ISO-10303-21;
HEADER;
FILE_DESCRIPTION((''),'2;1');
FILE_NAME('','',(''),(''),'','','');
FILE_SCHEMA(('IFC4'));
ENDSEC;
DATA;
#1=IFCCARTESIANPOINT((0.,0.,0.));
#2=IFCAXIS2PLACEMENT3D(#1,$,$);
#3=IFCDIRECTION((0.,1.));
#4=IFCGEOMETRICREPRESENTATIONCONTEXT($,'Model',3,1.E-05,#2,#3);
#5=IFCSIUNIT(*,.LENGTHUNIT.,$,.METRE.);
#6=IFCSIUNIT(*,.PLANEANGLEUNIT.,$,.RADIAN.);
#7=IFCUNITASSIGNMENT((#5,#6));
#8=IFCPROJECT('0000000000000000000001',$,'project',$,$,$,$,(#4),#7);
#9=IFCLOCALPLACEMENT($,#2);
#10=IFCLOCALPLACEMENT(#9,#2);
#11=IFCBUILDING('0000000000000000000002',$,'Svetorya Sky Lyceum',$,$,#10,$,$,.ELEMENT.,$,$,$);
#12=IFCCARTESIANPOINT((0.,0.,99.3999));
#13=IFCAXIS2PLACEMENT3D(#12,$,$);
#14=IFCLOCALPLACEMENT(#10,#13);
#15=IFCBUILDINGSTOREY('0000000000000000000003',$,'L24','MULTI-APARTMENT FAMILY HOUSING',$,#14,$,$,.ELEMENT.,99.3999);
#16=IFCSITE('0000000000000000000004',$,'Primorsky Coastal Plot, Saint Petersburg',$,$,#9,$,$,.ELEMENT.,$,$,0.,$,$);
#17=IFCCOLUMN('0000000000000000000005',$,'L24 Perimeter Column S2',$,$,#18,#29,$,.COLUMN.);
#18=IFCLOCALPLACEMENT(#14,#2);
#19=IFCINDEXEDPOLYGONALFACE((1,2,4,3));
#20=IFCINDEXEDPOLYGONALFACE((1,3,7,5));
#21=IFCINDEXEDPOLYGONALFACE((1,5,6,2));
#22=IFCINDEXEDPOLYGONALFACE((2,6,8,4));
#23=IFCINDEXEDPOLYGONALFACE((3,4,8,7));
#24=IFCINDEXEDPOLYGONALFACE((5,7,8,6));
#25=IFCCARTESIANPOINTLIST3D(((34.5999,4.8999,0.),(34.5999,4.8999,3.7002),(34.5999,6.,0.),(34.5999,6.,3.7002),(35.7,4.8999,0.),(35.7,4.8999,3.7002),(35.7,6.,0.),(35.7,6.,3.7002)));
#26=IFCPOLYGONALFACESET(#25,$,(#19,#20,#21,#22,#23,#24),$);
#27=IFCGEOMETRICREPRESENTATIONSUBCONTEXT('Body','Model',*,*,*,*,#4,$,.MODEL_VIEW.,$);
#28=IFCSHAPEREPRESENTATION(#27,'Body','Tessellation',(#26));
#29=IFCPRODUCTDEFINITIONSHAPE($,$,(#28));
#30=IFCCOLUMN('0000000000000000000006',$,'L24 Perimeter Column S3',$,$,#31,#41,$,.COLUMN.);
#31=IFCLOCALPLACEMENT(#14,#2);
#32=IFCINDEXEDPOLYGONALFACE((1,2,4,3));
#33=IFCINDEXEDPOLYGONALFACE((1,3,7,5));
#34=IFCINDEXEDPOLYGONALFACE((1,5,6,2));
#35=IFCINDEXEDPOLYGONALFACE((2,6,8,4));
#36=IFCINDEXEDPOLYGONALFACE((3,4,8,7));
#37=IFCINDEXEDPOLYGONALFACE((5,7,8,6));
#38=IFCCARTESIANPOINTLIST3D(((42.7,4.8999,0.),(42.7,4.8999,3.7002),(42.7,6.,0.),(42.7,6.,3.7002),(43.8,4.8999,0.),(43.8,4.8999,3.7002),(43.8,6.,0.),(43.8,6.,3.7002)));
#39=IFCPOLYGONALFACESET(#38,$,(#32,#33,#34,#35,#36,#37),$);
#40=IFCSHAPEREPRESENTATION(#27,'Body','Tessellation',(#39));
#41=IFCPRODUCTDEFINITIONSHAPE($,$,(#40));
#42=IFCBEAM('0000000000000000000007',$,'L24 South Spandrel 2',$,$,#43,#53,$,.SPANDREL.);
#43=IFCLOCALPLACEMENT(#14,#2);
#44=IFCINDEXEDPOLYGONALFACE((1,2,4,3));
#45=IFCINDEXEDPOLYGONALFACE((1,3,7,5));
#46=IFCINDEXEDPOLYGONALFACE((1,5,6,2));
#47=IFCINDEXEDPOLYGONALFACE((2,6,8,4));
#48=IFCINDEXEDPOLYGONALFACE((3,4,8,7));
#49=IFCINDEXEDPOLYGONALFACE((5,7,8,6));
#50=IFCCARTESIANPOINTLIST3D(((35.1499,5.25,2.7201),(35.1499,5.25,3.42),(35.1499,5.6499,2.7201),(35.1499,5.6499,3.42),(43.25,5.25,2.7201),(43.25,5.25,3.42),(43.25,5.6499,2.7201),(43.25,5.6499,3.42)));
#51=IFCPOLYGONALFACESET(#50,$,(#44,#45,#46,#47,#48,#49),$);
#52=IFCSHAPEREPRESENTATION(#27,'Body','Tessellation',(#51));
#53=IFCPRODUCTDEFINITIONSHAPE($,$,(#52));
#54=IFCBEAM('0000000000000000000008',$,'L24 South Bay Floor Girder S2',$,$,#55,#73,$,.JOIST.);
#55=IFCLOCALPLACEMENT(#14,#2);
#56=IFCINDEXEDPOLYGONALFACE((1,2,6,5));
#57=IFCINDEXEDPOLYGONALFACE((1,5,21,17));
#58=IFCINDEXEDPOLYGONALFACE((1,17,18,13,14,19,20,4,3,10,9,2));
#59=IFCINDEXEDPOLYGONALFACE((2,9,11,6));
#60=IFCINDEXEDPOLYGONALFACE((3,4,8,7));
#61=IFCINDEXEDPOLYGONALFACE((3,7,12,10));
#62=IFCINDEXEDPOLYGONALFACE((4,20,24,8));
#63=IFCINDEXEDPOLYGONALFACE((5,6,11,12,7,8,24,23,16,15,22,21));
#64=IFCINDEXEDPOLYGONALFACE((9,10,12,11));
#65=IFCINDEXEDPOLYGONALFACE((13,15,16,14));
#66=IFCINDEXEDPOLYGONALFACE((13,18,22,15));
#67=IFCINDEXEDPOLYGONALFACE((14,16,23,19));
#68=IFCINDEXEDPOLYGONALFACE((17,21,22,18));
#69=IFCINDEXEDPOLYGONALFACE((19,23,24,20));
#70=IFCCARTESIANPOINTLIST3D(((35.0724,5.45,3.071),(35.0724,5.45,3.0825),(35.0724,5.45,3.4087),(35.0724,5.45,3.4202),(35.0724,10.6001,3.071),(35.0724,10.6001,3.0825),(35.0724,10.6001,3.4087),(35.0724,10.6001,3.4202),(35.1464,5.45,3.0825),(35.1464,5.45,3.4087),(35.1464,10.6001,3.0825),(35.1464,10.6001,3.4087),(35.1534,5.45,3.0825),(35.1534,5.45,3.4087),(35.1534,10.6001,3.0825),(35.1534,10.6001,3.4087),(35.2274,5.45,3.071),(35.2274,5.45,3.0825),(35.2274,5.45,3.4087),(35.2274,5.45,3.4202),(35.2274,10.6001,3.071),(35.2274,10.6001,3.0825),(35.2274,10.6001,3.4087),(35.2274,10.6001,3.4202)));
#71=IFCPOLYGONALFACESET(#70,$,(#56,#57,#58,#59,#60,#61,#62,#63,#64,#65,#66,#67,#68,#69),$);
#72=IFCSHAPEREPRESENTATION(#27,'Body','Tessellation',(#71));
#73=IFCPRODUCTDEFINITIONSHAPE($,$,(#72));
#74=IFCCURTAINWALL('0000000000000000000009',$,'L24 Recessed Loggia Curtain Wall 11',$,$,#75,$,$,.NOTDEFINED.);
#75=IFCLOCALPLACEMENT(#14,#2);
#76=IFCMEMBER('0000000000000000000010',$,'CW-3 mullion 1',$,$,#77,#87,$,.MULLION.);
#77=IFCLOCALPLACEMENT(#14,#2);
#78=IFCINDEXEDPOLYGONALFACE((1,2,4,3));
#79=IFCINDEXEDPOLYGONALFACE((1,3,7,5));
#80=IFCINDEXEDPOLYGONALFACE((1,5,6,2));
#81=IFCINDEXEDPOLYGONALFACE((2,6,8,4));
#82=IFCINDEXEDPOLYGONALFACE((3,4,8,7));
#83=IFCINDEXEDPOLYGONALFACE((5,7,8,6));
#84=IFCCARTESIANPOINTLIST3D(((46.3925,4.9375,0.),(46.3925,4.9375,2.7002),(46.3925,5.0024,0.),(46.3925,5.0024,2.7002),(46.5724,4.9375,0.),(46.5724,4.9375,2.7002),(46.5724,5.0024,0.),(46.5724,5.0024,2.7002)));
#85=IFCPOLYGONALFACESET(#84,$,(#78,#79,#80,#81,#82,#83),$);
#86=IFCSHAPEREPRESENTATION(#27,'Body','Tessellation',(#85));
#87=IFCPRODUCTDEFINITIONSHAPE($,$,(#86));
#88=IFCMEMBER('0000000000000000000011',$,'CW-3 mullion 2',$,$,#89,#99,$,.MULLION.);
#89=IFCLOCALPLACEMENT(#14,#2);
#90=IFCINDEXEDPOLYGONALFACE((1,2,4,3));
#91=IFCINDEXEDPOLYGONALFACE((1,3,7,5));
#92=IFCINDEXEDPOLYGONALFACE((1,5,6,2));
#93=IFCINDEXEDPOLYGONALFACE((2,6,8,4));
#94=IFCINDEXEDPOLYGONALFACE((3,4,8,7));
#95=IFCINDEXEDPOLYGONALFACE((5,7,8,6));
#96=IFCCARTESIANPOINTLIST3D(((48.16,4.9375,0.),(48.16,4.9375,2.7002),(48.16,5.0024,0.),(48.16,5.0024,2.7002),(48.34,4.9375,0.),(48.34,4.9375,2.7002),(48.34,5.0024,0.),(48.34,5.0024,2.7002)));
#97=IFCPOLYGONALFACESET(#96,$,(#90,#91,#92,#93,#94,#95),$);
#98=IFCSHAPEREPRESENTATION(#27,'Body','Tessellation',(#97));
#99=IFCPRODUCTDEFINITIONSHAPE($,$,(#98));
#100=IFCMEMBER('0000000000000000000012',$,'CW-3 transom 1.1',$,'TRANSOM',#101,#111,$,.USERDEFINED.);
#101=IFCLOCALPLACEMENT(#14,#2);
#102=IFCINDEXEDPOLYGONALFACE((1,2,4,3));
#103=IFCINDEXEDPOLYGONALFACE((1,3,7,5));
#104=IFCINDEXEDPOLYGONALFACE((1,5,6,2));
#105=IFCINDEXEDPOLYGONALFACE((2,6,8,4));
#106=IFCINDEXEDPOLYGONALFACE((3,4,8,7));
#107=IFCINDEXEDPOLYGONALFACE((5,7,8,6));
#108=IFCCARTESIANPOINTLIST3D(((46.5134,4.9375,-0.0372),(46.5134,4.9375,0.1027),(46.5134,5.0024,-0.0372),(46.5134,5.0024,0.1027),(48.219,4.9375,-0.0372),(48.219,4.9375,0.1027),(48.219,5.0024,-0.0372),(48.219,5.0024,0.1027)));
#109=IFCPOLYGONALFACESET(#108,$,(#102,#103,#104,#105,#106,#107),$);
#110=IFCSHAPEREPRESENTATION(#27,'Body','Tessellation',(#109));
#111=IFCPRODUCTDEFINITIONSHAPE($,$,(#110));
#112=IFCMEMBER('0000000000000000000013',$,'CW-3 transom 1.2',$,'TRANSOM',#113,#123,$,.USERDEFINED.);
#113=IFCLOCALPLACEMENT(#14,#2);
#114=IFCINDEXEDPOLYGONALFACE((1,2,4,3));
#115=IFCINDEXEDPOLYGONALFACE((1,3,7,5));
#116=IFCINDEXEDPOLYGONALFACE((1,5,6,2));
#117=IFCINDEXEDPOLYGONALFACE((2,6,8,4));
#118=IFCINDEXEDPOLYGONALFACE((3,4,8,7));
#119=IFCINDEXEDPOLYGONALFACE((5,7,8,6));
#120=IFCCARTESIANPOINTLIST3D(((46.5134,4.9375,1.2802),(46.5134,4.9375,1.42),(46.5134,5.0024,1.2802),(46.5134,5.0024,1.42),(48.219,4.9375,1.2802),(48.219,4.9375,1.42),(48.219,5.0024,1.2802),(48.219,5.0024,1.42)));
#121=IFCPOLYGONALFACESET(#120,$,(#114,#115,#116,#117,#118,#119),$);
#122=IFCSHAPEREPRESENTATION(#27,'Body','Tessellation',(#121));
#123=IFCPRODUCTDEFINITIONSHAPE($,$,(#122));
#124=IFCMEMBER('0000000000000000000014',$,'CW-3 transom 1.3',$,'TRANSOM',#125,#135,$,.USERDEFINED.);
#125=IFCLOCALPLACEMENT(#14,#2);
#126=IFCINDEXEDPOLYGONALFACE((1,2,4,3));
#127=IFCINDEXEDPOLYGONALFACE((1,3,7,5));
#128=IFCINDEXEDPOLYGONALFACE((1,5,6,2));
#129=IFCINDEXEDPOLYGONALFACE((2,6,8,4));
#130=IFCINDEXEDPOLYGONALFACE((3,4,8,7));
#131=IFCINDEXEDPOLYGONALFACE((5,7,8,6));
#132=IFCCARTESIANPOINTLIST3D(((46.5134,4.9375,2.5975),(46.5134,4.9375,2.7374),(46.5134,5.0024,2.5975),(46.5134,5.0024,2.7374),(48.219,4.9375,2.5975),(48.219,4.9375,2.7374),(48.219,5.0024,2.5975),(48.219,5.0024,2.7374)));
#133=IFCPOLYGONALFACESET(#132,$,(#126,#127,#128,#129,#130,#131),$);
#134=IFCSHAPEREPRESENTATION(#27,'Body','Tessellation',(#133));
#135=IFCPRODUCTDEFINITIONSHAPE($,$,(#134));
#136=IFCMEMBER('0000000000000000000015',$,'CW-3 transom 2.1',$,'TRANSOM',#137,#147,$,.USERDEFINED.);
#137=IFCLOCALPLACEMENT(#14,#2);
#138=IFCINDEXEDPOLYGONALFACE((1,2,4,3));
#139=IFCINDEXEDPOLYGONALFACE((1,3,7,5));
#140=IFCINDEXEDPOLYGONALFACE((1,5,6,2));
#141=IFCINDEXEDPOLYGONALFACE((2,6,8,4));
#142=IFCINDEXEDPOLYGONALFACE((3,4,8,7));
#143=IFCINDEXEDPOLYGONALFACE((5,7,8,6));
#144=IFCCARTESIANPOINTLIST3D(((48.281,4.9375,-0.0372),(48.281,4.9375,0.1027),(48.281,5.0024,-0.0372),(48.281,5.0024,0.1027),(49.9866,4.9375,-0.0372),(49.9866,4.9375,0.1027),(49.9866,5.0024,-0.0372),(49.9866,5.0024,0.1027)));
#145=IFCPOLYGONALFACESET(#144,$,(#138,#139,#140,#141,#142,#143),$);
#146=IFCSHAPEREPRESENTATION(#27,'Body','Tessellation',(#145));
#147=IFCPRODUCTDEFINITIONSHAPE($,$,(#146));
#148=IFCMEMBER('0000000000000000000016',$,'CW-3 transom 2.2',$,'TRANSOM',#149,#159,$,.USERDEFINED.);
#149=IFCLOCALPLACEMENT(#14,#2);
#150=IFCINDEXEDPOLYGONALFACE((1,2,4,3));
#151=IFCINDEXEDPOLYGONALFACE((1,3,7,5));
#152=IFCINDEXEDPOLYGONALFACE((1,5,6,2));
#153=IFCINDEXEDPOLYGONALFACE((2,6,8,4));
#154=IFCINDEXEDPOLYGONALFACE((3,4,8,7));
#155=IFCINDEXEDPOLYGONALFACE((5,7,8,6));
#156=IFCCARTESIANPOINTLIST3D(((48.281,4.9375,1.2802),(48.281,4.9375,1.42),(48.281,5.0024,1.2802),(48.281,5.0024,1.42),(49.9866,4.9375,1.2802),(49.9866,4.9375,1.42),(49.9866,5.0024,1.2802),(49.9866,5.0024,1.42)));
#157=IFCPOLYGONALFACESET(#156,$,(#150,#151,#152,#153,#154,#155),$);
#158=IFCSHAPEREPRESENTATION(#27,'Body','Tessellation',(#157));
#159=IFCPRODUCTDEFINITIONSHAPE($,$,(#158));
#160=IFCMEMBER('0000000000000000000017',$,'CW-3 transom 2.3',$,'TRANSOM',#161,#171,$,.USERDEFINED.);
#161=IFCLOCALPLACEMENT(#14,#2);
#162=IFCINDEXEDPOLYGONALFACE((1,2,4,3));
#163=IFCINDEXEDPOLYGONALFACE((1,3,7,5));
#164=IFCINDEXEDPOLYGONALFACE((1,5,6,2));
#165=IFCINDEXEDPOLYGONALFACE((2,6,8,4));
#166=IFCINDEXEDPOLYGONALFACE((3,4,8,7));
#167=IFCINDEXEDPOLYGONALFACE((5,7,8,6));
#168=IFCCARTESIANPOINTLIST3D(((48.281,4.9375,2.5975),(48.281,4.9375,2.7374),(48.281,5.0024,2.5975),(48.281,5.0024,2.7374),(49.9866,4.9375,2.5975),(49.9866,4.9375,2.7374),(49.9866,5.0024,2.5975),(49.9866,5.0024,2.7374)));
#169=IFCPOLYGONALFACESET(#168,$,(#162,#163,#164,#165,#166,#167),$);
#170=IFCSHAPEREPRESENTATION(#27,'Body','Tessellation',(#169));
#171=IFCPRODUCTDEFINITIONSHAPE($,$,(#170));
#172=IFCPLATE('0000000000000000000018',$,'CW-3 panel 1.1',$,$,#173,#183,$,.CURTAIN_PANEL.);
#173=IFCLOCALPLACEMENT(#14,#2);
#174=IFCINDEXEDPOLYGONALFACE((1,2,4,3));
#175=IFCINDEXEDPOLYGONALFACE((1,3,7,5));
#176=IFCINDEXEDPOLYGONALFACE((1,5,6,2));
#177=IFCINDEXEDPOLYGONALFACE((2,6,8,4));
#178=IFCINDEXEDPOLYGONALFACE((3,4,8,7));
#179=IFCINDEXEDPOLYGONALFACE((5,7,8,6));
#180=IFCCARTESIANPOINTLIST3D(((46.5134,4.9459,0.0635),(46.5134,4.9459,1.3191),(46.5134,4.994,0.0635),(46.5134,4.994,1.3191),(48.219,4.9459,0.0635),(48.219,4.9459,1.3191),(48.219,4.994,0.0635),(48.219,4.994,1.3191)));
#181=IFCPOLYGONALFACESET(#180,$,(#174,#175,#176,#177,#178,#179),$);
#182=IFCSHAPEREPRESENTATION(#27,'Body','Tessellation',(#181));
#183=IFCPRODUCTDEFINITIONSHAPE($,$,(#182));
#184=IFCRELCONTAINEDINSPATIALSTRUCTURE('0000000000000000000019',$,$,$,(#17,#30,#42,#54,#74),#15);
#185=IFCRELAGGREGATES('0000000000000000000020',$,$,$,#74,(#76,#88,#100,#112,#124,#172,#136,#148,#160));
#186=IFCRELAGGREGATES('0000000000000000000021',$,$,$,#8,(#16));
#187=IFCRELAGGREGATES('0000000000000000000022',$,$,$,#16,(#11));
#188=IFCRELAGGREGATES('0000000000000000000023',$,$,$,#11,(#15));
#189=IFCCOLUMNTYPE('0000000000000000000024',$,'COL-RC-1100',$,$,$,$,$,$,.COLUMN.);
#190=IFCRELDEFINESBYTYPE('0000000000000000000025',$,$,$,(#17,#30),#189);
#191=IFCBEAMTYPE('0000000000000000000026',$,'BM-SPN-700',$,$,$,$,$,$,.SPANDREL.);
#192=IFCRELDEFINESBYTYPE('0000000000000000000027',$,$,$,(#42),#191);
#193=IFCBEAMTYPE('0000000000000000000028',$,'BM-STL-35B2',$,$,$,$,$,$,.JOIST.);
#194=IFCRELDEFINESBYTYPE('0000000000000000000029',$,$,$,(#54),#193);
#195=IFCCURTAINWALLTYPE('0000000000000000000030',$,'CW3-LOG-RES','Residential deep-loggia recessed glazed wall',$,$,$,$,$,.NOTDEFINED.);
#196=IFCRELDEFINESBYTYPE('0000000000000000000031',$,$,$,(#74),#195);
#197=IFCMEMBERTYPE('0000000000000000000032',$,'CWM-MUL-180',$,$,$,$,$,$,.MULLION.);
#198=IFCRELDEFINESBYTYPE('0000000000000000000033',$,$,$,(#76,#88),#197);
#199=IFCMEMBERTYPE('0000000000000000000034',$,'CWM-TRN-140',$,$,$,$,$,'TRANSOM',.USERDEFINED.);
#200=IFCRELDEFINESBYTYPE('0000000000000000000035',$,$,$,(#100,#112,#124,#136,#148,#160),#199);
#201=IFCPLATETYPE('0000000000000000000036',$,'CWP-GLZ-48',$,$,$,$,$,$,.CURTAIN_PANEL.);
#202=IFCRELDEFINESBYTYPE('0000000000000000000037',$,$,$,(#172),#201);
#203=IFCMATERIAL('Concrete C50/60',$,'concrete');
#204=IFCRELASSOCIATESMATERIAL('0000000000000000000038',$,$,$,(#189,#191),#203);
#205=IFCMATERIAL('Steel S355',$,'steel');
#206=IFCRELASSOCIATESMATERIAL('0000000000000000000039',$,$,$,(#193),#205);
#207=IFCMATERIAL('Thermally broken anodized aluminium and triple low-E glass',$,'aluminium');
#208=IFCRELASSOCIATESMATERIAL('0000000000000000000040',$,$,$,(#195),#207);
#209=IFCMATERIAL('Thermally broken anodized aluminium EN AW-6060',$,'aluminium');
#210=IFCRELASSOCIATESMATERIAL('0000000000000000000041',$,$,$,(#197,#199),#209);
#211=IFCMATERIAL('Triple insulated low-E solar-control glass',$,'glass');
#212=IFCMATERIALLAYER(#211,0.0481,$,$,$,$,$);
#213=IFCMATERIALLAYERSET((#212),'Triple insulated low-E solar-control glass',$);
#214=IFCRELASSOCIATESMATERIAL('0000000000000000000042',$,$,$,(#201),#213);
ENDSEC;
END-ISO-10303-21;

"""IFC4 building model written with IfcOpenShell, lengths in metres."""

from ifc_helpers import new_model, si_unit, direction, frame, origin, origin_2d, place, context, subcontext, project, spatial, rectangle, i_section, extrude, material, layer, layer_set, material_profile, profile_set, type_object, element, aggregate, save


model = new_model("IFC4")

# Units and contexts
model_context = context("Model", 3, precision=1e-05, world=origin(), true_north=direction((0.0, 1.0)))
body_context = subcontext(model_context, "Body", "Model", "MODEL_VIEW")
ifc_project = project(units=[si_unit("LENGTHUNIT", "METRE"), si_unit("PLANEANGLEUNIT", "RADIAN")], contexts=[model_context])

# Site, building, storey
site_placement = place(None, origin())
site = spatial("IfcSite", under=ifc_project, at=site_placement, Name="Primorsky Coastal Plot, Saint Petersburg", CompositionType="ELEMENT", RefElevation=0.0)
building_placement = place(site_placement, origin())
building = spatial("IfcBuilding", under=site, at=building_placement, Name="Svetorya Sky Lyceum", CompositionType="ELEMENT")
storey_placement = place(building_placement, frame((0.0, 0.0, 99.3999)))
storey = spatial("IfcBuildingStorey", under=building, at=storey_placement, Name="L24", Description="MULTI-APARTMENT FAMILY HOUSING", CompositionType="ELEMENT", Elevation=99.3999)

# Columns
ifc_material_1 = material(Name="Concrete C50/60", Category="concrete")
ifc_material_profile_1 = material_profile(ifc_material_1, rectangle(XDim=1.1001, YDim=1.1001, at=origin_2d()), Name="RC COL 1100x1100")
ifc_profile_set_1 = profile_set([ifc_material_profile_1], Name="Concrete C50/60")
column_type = type_object("IfcColumnType", Name="COL-RC-1100", PredefinedType="COLUMN", material=ifc_profile_set_1)
for number, where, z_axis, x_axis, name in (
    (1, (35.1499, 5.45, 0.0), (0.0, 0.0, 1.0), (1.0, 0.0, 0.0), "L24 Perimeter Column S2"),
    (2, (43.25, 5.45, 0.0), (0.0, 0.0, 1.0), (1.0, 0.0, 0.0), "L24 Perimeter Column S3"),
):
    element("IfcColumn", number, at=place(storey_placement, frame(where, z_axis=z_axis, x_axis=x_axis)), inside=storey, type_object=column_type, Name=name, PredefinedType="COLUMN", context=body_context, shape_type="SweptSolid", body=[
        extrude(rectangle(XDim=1.1001, YDim=1.1001, at=origin_2d()), origin(), (0.0, 0.0, 1.0), 3.7002),
    ])

# Beams
ifc_material_profile_2 = material_profile(ifc_material_1, rectangle(XDim=0.3999, YDim=0.7, at=origin_2d()), Name="RC SPANDREL 400x700")
ifc_profile_set_2 = profile_set([ifc_material_profile_2], Name="Concrete C50/60")
beam_type_1 = type_object("IfcBeamType", Name="BM-SPN-700", PredefinedType="SPANDREL", material=ifc_profile_set_2)
beam_1_placement = place(storey_placement, frame((35.1499, 5.45, 3.0701), z_axis=(1.0, 0.0, 0.0), x_axis=(0.0, 1.0, 0.0)))
element("IfcBeam", 3, at=beam_1_placement, inside=storey, type_object=beam_type_1, Name="L24 South Spandrel 2", PredefinedType="SPANDREL", context=body_context, shape_type="SweptSolid", body=[
    extrude(rectangle(XDim=0.3999, YDim=0.7, at=origin_2d()), origin(), (0.0, 0.0, 1.0), 8.1001),
])
ifc_material_2 = material(Name="Steel S355", Category="steel")
ifc_material_profile_3 = material_profile(ifc_material_2, i_section(OverallWidth=0.155, OverallDepth=0.3491, WebThickness=0.0071, FlangeThickness=0.0115, at=origin_2d()), Name="GOST 35B2")
ifc_profile_set_3 = profile_set([ifc_material_profile_3], Name="Steel S355")
beam_type_2 = type_object("IfcBeamType", Name="BM-STL-35B2", PredefinedType="JOIST", material=ifc_profile_set_3)
beam_2_placement = place(storey_placement, frame((35.1499, 5.45, 3.2456), z_axis=(0.0, 1.0, 0.0), x_axis=(-1.0, 0.0, 0.0)))
element("IfcBeam", 4, at=beam_2_placement, inside=storey, type_object=beam_type_2, Name="L24 South Bay Floor Girder S2", PredefinedType="JOIST", context=body_context, shape_type="SweptSolid", body=[
    extrude(i_section(OverallWidth=0.155, OverallDepth=0.3491, WebThickness=0.0071, FlangeThickness=0.0115, at=origin_2d()), origin(), (0.0, 0.0, 1.0), 5.1501),
])

# Curtain wall, members, plate
ifc_material_3 = material(Name="Thermally broken anodized aluminium and triple low-E glass", Category="aluminium")
curtain_wall_type = type_object("IfcCurtainWallType", Name="CW3-LOG-RES", Description="Residential deep-loggia recessed glazed wall", PredefinedType="NOTDEFINED", material=ifc_material_3)
curtain_wall_placement = place(storey_placement, origin())
curtain_wall = element("IfcCurtainWall", 5, at=curtain_wall_placement, inside=storey, type_object=curtain_wall_type, Name="L24 Recessed Loggia Curtain Wall 11", PredefinedType="NOTDEFINED")
ifc_material_4 = material(Name="Thermally broken anodized aluminium EN AW-6060", Category="aluminium")
ifc_material_profile_4 = material_profile(ifc_material_4, rectangle(XDim=0.0649, YDim=0.1799, at=origin_2d()), Name="ALU MULLION 65x180")
ifc_profile_set_4 = profile_set([ifc_material_profile_4], Name="Thermally broken anodized aluminium EN AW-6060")
member_type_1 = type_object("IfcMemberType", Name="CWM-MUL-180", PredefinedType="MULLION", material=ifc_profile_set_4)
member_1_placement = place(storey_placement, frame((46.4824, 4.97, 0.0), z_axis=(0.0, 0.0, 1.0), x_axis=(0.0, 1.0, 0.0)))
member_1 = element("IfcMember", 6, at=member_1_placement, type_object=member_type_1, Name="CW-3 mullion 1", PredefinedType="MULLION", context=body_context, shape_type="SweptSolid", body=[
    extrude(rectangle(XDim=0.0649, YDim=0.1799, at=origin_2d()), origin(), (0.0, 0.0, 1.0), 2.7002),
])
member_2_placement = place(storey_placement, frame((48.25, 4.97, 0.0), z_axis=(0.0, 0.0, 1.0), x_axis=(0.0, 1.0, 0.0)))
member_2 = element("IfcMember", 7, at=member_2_placement, type_object=member_type_1, Name="CW-3 mullion 2", PredefinedType="MULLION", context=body_context, shape_type="SweptSolid", body=[
    extrude(rectangle(XDim=0.0649, YDim=0.1799, at=origin_2d()), origin(), (0.0, 0.0, 1.0), 2.7002),
])
ifc_material_profile_5 = material_profile(ifc_material_4, rectangle(XDim=0.0649, YDim=0.1399, at=origin_2d()), Name="ALU TRANSOM 65x140")
ifc_profile_set_5 = profile_set([ifc_material_profile_5], Name="Thermally broken anodized aluminium EN AW-6060")
member_type_2 = type_object("IfcMemberType", Name="CWM-TRN-140", ElementType="TRANSOM", PredefinedType="USERDEFINED", material=ifc_profile_set_5)
member_3_placement = place(storey_placement, frame((46.5134, 4.97, 0.0327), z_axis=(1.0, 0.0, 0.0), x_axis=(0.0, 1.0, 0.0)))
member_3 = element("IfcMember", 8, at=member_3_placement, type_object=member_type_2, Name="CW-3 transom 1.1", ObjectType="TRANSOM", PredefinedType="USERDEFINED", context=body_context, shape_type="SweptSolid", body=[
    extrude(rectangle(XDim=0.0649, YDim=0.1399, at=origin_2d()), origin(), (0.0, 0.0, 1.0), 1.7056),
])
member_4_placement = place(storey_placement, frame((46.5134, 4.97, 1.3501), z_axis=(1.0, 0.0, 0.0), x_axis=(0.0, 1.0, 0.0)))
member_4 = element("IfcMember", 9, at=member_4_placement, type_object=member_type_2, Name="CW-3 transom 1.2", ObjectType="TRANSOM", PredefinedType="USERDEFINED", context=body_context, shape_type="SweptSolid", body=[
    extrude(rectangle(XDim=0.0649, YDim=0.1399, at=origin_2d()), origin(), (0.0, 0.0, 1.0), 1.7056),
])
member_5_placement = place(storey_placement, frame((46.5134, 4.97, 2.6675), z_axis=(1.0, 0.0, 0.0), x_axis=(0.0, 1.0, 0.0)))
member_5 = element("IfcMember", 10, at=member_5_placement, type_object=member_type_2, Name="CW-3 transom 1.3", ObjectType="TRANSOM", PredefinedType="USERDEFINED", context=body_context, shape_type="SweptSolid", body=[
    extrude(rectangle(XDim=0.0649, YDim=0.1399, at=origin_2d()), origin(), (0.0, 0.0, 1.0), 1.7056),
])
member_6_placement = place(storey_placement, frame((48.281, 4.97, 0.0327), z_axis=(1.0, 0.0, 0.0), x_axis=(0.0, 1.0, 0.0)))
member_6 = element("IfcMember", 11, at=member_6_placement, type_object=member_type_2, Name="CW-3 transom 2.1", ObjectType="TRANSOM", PredefinedType="USERDEFINED", context=body_context, shape_type="SweptSolid", body=[
    extrude(rectangle(XDim=0.0649, YDim=0.1399, at=origin_2d()), origin(), (0.0, 0.0, 1.0), 1.7056),
])
member_7_placement = place(storey_placement, frame((48.281, 4.97, 1.3501), z_axis=(1.0, 0.0, 0.0), x_axis=(0.0, 1.0, 0.0)))
member_7 = element("IfcMember", 12, at=member_7_placement, type_object=member_type_2, Name="CW-3 transom 2.2", ObjectType="TRANSOM", PredefinedType="USERDEFINED", context=body_context, shape_type="SweptSolid", body=[
    extrude(rectangle(XDim=0.0649, YDim=0.1399, at=origin_2d()), origin(), (0.0, 0.0, 1.0), 1.7056),
])
member_8_placement = place(storey_placement, frame((48.281, 4.97, 2.6675), z_axis=(1.0, 0.0, 0.0), x_axis=(0.0, 1.0, 0.0)))
member_8 = element("IfcMember", 13, at=member_8_placement, type_object=member_type_2, Name="CW-3 transom 2.3", ObjectType="TRANSOM", PredefinedType="USERDEFINED", context=body_context, shape_type="SweptSolid", body=[
    extrude(rectangle(XDim=0.0649, YDim=0.1399, at=origin_2d()), origin(), (0.0, 0.0, 1.0), 1.7056),
])
ifc_material_5 = material(Name="Triple insulated low-E solar-control glass", Category="glass")
ifc_layer_1 = layer(ifc_material_5, 0.0481)
ifc_layer_set_1 = layer_set([ifc_layer_1], Name="Triple insulated low-E solar-control glass")
plate_type = type_object("IfcPlateType", Name="CWP-GLZ-48", PredefinedType="CURTAIN_PANEL", material=ifc_layer_set_1)
plate_1_placement = place(storey_placement, frame((47.3662, 4.97, 0.0635), z_axis=(0.0, 0.0, 1.0), x_axis=(1.0, 0.0, 0.0)))
plate_1 = element("IfcPlate", 14, at=plate_1_placement, type_object=plate_type, Name="CW-3 panel 1.1", PredefinedType="CURTAIN_PANEL", context=body_context, shape_type="SweptSolid", body=[
    extrude(rectangle(XDim=1.7056, YDim=0.0481, at=origin_2d()), origin(), (0.0, 0.0, 1.0), 1.2556),
])
aggregate(curtain_wall, [member_1, member_2, member_3, member_4, member_5, plate_1, member_6, member_7, member_8])

save(model, "model.ifc")
